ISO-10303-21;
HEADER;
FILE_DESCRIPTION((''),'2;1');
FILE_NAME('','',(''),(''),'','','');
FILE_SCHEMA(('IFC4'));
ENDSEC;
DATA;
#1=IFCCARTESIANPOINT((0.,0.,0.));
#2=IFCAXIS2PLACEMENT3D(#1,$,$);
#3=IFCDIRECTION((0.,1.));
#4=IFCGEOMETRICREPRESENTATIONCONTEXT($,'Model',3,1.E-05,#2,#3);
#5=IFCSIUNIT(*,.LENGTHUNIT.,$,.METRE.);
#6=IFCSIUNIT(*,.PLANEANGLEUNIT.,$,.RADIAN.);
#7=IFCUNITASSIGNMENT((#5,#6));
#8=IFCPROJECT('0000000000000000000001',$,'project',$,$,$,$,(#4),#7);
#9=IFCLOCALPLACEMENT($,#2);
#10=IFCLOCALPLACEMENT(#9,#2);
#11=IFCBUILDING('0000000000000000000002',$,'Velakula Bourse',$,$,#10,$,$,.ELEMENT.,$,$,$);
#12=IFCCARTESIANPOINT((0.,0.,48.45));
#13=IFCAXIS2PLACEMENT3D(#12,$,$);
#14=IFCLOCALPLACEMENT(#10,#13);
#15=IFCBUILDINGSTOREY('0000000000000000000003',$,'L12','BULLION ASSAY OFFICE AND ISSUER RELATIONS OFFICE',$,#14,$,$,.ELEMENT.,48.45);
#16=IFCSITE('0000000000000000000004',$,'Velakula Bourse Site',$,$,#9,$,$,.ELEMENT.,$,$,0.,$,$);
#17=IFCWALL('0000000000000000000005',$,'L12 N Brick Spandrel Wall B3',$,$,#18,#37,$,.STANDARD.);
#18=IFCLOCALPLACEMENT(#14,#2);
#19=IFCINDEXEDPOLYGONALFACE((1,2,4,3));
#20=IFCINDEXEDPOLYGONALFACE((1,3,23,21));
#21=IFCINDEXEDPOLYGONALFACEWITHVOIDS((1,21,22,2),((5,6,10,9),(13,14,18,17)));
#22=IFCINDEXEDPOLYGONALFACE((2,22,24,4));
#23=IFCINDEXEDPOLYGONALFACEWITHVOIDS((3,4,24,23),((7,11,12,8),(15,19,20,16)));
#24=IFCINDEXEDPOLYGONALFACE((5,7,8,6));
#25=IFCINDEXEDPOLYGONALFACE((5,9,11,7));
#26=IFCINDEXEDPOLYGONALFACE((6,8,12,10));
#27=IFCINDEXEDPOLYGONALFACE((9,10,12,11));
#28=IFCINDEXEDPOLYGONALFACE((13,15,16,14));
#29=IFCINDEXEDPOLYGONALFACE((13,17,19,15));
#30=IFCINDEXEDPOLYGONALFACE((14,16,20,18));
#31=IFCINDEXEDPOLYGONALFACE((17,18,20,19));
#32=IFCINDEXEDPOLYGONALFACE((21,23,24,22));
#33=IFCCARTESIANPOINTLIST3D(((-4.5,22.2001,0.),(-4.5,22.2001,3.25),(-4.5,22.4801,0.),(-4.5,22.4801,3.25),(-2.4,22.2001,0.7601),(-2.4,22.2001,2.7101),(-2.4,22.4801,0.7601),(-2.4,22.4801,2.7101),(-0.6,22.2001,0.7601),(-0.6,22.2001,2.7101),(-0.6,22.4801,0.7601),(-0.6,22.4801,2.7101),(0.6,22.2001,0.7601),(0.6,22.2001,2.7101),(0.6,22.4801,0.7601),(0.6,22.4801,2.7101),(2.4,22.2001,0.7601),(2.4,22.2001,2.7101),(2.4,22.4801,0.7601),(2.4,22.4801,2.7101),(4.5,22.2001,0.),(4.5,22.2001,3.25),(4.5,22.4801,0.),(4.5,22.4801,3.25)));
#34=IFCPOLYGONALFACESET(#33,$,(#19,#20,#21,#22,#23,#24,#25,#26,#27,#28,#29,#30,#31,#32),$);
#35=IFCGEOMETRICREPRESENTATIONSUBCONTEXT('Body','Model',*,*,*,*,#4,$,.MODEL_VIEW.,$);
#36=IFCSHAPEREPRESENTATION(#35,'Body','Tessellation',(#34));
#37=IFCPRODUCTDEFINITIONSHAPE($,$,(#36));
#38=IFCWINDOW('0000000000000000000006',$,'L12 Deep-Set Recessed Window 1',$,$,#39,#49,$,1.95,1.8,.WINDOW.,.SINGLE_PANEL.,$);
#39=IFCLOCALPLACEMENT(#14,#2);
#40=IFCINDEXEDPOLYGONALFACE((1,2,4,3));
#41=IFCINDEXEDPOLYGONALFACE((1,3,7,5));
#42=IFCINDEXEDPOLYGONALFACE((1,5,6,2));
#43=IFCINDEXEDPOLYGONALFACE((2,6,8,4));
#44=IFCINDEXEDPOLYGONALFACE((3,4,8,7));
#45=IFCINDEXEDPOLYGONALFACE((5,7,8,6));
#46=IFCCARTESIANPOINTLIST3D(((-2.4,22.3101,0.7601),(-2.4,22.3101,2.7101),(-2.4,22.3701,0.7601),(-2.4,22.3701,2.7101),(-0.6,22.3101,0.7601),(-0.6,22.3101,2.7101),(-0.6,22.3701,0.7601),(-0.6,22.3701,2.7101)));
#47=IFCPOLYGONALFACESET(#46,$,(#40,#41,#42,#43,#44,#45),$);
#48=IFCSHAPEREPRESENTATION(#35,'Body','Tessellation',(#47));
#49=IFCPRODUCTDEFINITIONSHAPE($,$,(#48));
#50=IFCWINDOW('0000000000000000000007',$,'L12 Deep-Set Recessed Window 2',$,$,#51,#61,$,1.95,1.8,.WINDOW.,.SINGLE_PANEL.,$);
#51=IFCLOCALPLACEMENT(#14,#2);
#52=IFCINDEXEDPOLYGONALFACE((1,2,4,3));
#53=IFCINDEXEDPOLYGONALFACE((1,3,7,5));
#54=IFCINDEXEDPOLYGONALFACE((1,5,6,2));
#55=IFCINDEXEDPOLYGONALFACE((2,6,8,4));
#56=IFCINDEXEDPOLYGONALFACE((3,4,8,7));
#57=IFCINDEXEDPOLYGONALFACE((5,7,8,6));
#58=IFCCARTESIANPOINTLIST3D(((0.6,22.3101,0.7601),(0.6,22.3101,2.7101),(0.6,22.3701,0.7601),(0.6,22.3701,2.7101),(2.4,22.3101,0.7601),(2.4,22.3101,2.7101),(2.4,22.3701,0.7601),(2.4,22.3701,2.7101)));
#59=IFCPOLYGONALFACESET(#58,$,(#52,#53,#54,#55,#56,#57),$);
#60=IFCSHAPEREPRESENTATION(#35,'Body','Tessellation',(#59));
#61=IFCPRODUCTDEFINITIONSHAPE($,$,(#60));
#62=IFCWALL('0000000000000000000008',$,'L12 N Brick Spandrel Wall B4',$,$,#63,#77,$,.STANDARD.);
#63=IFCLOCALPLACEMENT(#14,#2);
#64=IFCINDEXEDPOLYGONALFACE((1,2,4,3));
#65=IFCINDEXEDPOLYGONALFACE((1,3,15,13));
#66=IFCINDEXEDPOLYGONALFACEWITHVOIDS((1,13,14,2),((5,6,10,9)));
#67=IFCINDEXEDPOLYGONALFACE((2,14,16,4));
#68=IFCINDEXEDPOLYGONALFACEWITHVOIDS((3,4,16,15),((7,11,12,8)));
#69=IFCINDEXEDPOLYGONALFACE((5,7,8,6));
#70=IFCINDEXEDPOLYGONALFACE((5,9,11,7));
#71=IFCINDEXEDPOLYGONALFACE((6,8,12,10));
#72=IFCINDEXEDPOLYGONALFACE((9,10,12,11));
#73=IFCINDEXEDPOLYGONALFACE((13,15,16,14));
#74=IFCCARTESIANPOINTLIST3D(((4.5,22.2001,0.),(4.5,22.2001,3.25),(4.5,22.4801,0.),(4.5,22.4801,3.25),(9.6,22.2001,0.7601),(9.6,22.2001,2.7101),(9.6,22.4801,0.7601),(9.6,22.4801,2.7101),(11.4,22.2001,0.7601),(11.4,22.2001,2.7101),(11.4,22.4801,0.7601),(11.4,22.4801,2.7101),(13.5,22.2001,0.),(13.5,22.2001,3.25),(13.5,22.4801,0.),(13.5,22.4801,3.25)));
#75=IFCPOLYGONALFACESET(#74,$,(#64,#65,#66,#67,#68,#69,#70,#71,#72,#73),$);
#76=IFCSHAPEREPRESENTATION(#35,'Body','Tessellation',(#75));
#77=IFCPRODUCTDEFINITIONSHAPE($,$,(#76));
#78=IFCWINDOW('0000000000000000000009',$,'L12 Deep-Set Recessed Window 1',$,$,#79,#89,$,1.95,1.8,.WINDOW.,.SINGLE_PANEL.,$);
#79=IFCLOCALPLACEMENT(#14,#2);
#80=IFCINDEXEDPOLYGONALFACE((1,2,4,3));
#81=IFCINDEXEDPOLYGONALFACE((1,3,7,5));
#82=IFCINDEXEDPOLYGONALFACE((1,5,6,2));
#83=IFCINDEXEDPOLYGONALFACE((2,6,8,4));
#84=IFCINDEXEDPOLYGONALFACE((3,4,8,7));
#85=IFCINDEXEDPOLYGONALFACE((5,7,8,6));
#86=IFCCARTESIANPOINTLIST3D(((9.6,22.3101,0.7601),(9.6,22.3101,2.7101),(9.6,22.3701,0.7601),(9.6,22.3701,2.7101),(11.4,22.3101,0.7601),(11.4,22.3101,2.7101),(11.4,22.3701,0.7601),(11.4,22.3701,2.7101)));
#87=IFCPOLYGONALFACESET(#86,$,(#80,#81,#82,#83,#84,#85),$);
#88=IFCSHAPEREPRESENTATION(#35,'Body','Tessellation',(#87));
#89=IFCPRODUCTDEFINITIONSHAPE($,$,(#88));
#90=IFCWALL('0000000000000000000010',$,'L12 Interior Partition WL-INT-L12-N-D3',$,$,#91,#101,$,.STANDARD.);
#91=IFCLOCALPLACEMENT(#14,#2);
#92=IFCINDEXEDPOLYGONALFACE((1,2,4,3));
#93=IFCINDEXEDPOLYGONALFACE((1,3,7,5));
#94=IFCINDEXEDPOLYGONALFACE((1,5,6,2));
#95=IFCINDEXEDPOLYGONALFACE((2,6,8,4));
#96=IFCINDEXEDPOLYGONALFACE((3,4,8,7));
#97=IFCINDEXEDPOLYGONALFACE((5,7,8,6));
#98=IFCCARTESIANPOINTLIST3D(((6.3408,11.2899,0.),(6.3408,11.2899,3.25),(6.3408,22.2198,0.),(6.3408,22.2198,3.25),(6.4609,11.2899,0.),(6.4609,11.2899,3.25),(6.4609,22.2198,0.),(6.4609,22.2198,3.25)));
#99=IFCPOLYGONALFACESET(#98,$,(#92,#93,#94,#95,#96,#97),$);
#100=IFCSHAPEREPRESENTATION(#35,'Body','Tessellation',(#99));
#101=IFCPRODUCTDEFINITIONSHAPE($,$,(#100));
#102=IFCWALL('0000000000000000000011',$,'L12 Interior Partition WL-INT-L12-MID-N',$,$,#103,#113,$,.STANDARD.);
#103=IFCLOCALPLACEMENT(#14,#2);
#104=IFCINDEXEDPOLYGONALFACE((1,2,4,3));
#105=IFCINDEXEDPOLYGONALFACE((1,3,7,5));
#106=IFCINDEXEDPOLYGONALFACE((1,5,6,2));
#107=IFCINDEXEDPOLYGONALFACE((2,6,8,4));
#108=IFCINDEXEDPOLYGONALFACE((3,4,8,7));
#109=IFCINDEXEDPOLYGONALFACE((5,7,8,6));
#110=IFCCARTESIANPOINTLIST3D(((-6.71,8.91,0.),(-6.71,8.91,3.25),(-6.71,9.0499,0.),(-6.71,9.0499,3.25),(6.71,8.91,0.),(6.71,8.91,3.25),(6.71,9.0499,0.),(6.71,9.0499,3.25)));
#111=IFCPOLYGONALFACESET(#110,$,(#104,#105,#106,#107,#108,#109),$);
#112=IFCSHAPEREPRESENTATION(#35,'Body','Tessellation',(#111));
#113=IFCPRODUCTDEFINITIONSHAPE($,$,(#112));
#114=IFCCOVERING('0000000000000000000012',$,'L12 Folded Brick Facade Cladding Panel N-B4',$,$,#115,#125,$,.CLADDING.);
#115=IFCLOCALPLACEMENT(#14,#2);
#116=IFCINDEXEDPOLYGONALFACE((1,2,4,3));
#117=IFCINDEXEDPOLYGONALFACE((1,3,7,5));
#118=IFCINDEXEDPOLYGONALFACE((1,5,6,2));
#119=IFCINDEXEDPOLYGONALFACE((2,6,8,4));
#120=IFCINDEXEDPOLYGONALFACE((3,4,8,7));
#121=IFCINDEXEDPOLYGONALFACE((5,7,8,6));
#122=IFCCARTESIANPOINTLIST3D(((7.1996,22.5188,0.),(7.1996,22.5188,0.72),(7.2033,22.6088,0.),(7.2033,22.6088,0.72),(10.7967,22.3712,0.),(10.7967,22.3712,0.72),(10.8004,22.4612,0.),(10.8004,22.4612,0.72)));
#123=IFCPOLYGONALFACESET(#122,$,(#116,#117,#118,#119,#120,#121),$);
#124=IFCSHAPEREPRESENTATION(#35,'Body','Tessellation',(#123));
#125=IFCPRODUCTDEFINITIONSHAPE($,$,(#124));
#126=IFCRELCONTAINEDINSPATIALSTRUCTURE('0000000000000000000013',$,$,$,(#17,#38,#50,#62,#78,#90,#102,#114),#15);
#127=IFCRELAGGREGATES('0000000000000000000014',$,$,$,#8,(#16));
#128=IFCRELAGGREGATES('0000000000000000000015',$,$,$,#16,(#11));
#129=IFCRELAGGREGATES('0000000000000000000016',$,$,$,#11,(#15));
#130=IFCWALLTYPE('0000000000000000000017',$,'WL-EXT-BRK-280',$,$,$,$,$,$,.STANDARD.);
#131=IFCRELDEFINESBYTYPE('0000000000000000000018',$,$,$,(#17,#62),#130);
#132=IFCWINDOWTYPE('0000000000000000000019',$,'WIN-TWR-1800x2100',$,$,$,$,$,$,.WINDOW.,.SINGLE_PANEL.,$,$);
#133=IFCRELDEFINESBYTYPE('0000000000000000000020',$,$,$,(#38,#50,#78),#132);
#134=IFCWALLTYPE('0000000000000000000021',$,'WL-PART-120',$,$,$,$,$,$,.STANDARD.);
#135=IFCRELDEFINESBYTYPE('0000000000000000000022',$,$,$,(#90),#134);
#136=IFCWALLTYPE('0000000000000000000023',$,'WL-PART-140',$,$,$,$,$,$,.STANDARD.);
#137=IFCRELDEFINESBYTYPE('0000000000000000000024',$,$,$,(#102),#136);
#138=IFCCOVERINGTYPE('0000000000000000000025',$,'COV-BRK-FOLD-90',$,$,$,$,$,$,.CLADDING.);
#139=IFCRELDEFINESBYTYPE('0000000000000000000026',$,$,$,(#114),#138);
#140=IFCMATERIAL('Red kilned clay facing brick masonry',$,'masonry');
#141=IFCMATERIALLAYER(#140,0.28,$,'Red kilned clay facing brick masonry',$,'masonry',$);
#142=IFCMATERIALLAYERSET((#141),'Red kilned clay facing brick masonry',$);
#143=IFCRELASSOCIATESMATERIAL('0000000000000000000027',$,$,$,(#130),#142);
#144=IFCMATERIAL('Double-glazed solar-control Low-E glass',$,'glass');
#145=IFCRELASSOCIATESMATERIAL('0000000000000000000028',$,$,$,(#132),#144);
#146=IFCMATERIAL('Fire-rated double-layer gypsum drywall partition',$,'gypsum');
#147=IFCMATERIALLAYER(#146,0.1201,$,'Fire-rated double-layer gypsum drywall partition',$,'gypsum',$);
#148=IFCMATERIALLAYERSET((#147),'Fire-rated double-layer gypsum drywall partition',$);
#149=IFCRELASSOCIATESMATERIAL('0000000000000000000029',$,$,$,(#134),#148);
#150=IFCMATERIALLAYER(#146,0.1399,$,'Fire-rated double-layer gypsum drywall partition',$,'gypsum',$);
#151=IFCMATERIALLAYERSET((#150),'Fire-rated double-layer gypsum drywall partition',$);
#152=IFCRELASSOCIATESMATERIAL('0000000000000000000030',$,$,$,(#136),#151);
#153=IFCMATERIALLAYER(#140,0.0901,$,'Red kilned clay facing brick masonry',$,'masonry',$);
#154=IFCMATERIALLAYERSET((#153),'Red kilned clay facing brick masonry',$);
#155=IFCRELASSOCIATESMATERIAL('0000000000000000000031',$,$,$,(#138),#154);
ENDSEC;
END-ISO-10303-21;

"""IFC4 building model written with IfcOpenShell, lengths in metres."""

from ifc_helpers import new_model, si_unit, direction, frame, frame_2d, origin, origin_2d, place, context, subcontext, project, spatial, rectangle, extrude, material, layer, layer_set, type_object, element, fill, save


model = new_model("IFC4")

# Units and contexts
model_context = context("Model", 3, precision=1e-05, world=origin(), true_north=direction((0.0, 1.0)))
body_context = subcontext(model_context, "Body", "Model", "MODEL_VIEW")
ifc_project = project(units=[si_unit("LENGTHUNIT", "METRE"), si_unit("PLANEANGLEUNIT", "RADIAN")], contexts=[model_context])

# Site, building, storey
site_placement = place(None, origin())
site = spatial("IfcSite", under=ifc_project, at=site_placement, Name="Velakula Bourse Site", CompositionType="ELEMENT", RefElevation=0.0)
building_placement = place(site_placement, origin())
building = spatial("IfcBuilding", under=site, at=building_placement, Name="Velakula Bourse", CompositionType="ELEMENT")
storey_placement = place(building_placement, frame((0.0, 0.0, 48.45)))
storey = spatial("IfcBuildingStorey", under=building, at=storey_placement, Name="L12", Description="BULLION ASSAY OFFICE AND ISSUER RELATIONS OFFICE", CompositionType="ELEMENT", Elevation=48.45)

# Wall, openings, windows
ifc_material_1 = material(Name="Red kilned clay facing brick masonry", Category="masonry")
ifc_layer_1 = layer(ifc_material_1, 0.28, Name="Red kilned clay facing brick masonry", Category="masonry")
ifc_layer_set_1 = layer_set([ifc_layer_1], Name="Red kilned clay facing brick masonry")
wall_type_1 = type_object("IfcWallType", Name="WL-EXT-BRK-280", PredefinedType="STANDARD", material=ifc_layer_set_1)
wall_1_placement = place(storey_placement, frame((-4.5, 22.3401, 0.0), z_axis=(0.0, 0.0, 1.0), x_axis=(1.0, 0.0, 0.0)))
wall_1 = element("IfcWall", 1, at=wall_1_placement, inside=storey, type_object=wall_type_1, Name="L12 N Brick Spandrel Wall B3", PredefinedType="STANDARD", context=body_context, shape_type="SweptSolid", body=[
    extrude(rectangle(XDim=9.0, YDim=0.28, at=frame_2d((4.5, 0.0))), origin(), (0.0, 0.0, 1.0), 3.25),
])
opening_1_placement = place(wall_1_placement, frame((2.1001, 0.0, 0.76)))
opening_1 = element("IfcOpeningElement", 2, at=opening_1_placement, cuts=wall_1, PredefinedType="OPENING", context=body_context, shape_type="SweptSolid", body=[
    extrude(rectangle(XDim=1.8, YDim=1.95, at=frame_2d((0.8999, 0.9751))), frame((0.0, 0.1499, 0.0), z_axis=(0.0, -1.0, 0.0), x_axis=(1.0, 0.0, 0.0)), (0.0, 0.0, 1.0), 0.3),
])
opening_2_placement = place(wall_1_placement, frame((5.1001, 0.0, 0.76)))
opening_2 = element("IfcOpeningElement", 3, at=opening_2_placement, cuts=wall_1, PredefinedType="OPENING", context=body_context, shape_type="SweptSolid", body=[
    extrude(rectangle(XDim=1.8, YDim=1.95, at=frame_2d((0.8999, 0.9751))), frame((0.0, 0.1499, 0.0), z_axis=(0.0, -1.0, 0.0), x_axis=(1.0, 0.0, 0.0)), (0.0, 0.0, 1.0), 0.3),
])
ifc_material_2 = material(Name="Double-glazed solar-control Low-E glass", Category="glass")
window_type = type_object("IfcWindowType", Name="WIN-TWR-1800x2100", PartitioningType="SINGLE_PANEL", PredefinedType="WINDOW", material=ifc_material_2)
window_1_placement = place(opening_1_placement, origin())
window_1 = element("IfcWindow", 4, at=window_1_placement, inside=storey, type_object=window_type, Name="L12 Deep-Set Recessed Window 1", OverallHeight=1.95, OverallWidth=1.8, PartitioningType="SINGLE_PANEL", PredefinedType="WINDOW", context=body_context, shape_type="SweptSolid", body=[
    extrude(rectangle(XDim=1.8, YDim=1.95, at=frame_2d((0.8999, 0.9751))), frame((0.0, 0.03, 0.0), z_axis=(0.0, -1.0, 0.0), x_axis=(1.0, 0.0, 0.0)), (0.0, 0.0, 1.0), 0.0601),
])
fill(opening_1, window_1)
window_2_placement = place(opening_2_placement, origin())
window_2 = element("IfcWindow", 5, at=window_2_placement, inside=storey, type_object=window_type, Name="L12 Deep-Set Recessed Window 2", OverallHeight=1.95, OverallWidth=1.8, PartitioningType="SINGLE_PANEL", PredefinedType="WINDOW", context=body_context, shape_type="SweptSolid", body=[
    extrude(rectangle(XDim=1.8, YDim=1.95, at=frame_2d((0.8999, 0.9751))), frame((0.0, 0.03, 0.0), z_axis=(0.0, -1.0, 0.0), x_axis=(1.0, 0.0, 0.0)), (0.0, 0.0, 1.0), 0.0601),
])
fill(opening_2, window_2)

# Wall, opening, window
wall_2_placement = place(storey_placement, frame((4.5, 22.3401, 0.0), z_axis=(0.0, 0.0, 1.0), x_axis=(1.0, 0.0, 0.0)))
wall_2 = element("IfcWall", 6, at=wall_2_placement, inside=storey, type_object=wall_type_1, Name="L12 N Brick Spandrel Wall B4", PredefinedType="STANDARD", context=body_context, shape_type="SweptSolid", body=[
    extrude(rectangle(XDim=9.0, YDim=0.28, at=frame_2d((4.5, 0.0))), origin(), (0.0, 0.0, 1.0), 3.25),
])
opening_3_placement = place(wall_2_placement, frame((5.1001, 0.0, 0.76)))
opening_3 = element("IfcOpeningElement", 7, at=opening_3_placement, cuts=wall_2, PredefinedType="OPENING", context=body_context, shape_type="SweptSolid", body=[
    extrude(rectangle(XDim=1.8, YDim=1.95, at=frame_2d((0.8999, 0.9751))), frame((0.0, 0.1499, 0.0), z_axis=(0.0, -1.0, 0.0), x_axis=(1.0, 0.0, 0.0)), (0.0, 0.0, 1.0), 0.3),
])
window_3_placement = place(opening_3_placement, origin())
window_3 = element("IfcWindow", 8, at=window_3_placement, inside=storey, type_object=window_type, Name="L12 Deep-Set Recessed Window 1", OverallHeight=1.95, OverallWidth=1.8, PartitioningType="SINGLE_PANEL", PredefinedType="WINDOW", context=body_context, shape_type="SweptSolid", body=[
    extrude(rectangle(XDim=1.8, YDim=1.95, at=frame_2d((0.8999, 0.9751))), frame((0.0, 0.03, 0.0), z_axis=(0.0, -1.0, 0.0), x_axis=(1.0, 0.0, 0.0)), (0.0, 0.0, 1.0), 0.0601),
])
fill(opening_3, window_3)

# Walls
ifc_material_3 = material(Name="Fire-rated double-layer gypsum drywall partition", Category="gypsum")
ifc_layer_2 = layer(ifc_material_3, 0.1201, Name="Fire-rated double-layer gypsum drywall partition", Category="gypsum")
ifc_layer_set_2 = layer_set([ifc_layer_2], Name="Fire-rated double-layer gypsum drywall partition")
wall_type_2 = type_object("IfcWallType", Name="WL-PART-120", PredefinedType="STANDARD", material=ifc_layer_set_2)
wall_3_placement = place(storey_placement, frame((6.4009, 11.29, 0.0), z_axis=(0.0, 0.0, 1.0), x_axis=(0.0, 1.0, 0.0)))
element("IfcWall", 9, at=wall_3_placement, inside=storey, type_object=wall_type_2, Name="L12 Interior Partition WL-INT-L12-N-D3", PredefinedType="STANDARD", context=body_context, shape_type="SweptSolid", body=[
    extrude(rectangle(XDim=10.9299, YDim=0.1201, at=frame_2d((5.4648, 0.0))), origin(), (0.0, 0.0, 1.0), 3.25),
])
ifc_layer_3 = layer(ifc_material_3, 0.1399, Name="Fire-rated double-layer gypsum drywall partition", Category="gypsum")
ifc_layer_set_3 = layer_set([ifc_layer_3], Name="Fire-rated double-layer gypsum drywall partition")
wall_type_3 = type_object("IfcWallType", Name="WL-PART-140", PredefinedType="STANDARD", material=ifc_layer_set_3)
wall_4_placement = place(storey_placement, frame((-6.71, 8.98, 0.0), z_axis=(0.0, 0.0, 1.0), x_axis=(1.0, 0.0, 0.0)))
element("IfcWall", 10, at=wall_4_placement, inside=storey, type_object=wall_type_3, Name="L12 Interior Partition WL-INT-L12-MID-N", PredefinedType="STANDARD", context=body_context, shape_type="SweptSolid", body=[
    extrude(rectangle(XDim=13.4199, YDim=0.1399, at=frame_2d((6.71, 0.0))), origin(), (0.0, 0.0, 1.0), 3.25),
])

# Covering
ifc_layer_4 = layer(ifc_material_1, 0.0901, Name="Red kilned clay facing brick masonry", Category="masonry")
ifc_layer_set_4 = layer_set([ifc_layer_4], Name="Red kilned clay facing brick masonry")
covering_type = type_object("IfcCoveringType", Name="COV-BRK-FOLD-90", PredefinedType="CLADDING", material=ifc_layer_set_4)
covering_placement = place(storey_placement, frame((9.0, 22.49, 0.0), z_axis=(0.0, 0.0, 1.0), x_axis=(0.999159, -0.041004, 0.0)))
element("IfcCovering", 11, at=covering_placement, inside=storey, type_object=covering_type, Name="L12 Folded Brick Facade Cladding Panel N-B4", PredefinedType="CLADDING", context=body_context, shape_type="SweptSolid", body=[
    extrude(rectangle(XDim=3.6001, YDim=0.0901, at=origin_2d()), origin(), (0.0, 0.0, 1.0), 0.72),
])

save(model, "model.ifc")
